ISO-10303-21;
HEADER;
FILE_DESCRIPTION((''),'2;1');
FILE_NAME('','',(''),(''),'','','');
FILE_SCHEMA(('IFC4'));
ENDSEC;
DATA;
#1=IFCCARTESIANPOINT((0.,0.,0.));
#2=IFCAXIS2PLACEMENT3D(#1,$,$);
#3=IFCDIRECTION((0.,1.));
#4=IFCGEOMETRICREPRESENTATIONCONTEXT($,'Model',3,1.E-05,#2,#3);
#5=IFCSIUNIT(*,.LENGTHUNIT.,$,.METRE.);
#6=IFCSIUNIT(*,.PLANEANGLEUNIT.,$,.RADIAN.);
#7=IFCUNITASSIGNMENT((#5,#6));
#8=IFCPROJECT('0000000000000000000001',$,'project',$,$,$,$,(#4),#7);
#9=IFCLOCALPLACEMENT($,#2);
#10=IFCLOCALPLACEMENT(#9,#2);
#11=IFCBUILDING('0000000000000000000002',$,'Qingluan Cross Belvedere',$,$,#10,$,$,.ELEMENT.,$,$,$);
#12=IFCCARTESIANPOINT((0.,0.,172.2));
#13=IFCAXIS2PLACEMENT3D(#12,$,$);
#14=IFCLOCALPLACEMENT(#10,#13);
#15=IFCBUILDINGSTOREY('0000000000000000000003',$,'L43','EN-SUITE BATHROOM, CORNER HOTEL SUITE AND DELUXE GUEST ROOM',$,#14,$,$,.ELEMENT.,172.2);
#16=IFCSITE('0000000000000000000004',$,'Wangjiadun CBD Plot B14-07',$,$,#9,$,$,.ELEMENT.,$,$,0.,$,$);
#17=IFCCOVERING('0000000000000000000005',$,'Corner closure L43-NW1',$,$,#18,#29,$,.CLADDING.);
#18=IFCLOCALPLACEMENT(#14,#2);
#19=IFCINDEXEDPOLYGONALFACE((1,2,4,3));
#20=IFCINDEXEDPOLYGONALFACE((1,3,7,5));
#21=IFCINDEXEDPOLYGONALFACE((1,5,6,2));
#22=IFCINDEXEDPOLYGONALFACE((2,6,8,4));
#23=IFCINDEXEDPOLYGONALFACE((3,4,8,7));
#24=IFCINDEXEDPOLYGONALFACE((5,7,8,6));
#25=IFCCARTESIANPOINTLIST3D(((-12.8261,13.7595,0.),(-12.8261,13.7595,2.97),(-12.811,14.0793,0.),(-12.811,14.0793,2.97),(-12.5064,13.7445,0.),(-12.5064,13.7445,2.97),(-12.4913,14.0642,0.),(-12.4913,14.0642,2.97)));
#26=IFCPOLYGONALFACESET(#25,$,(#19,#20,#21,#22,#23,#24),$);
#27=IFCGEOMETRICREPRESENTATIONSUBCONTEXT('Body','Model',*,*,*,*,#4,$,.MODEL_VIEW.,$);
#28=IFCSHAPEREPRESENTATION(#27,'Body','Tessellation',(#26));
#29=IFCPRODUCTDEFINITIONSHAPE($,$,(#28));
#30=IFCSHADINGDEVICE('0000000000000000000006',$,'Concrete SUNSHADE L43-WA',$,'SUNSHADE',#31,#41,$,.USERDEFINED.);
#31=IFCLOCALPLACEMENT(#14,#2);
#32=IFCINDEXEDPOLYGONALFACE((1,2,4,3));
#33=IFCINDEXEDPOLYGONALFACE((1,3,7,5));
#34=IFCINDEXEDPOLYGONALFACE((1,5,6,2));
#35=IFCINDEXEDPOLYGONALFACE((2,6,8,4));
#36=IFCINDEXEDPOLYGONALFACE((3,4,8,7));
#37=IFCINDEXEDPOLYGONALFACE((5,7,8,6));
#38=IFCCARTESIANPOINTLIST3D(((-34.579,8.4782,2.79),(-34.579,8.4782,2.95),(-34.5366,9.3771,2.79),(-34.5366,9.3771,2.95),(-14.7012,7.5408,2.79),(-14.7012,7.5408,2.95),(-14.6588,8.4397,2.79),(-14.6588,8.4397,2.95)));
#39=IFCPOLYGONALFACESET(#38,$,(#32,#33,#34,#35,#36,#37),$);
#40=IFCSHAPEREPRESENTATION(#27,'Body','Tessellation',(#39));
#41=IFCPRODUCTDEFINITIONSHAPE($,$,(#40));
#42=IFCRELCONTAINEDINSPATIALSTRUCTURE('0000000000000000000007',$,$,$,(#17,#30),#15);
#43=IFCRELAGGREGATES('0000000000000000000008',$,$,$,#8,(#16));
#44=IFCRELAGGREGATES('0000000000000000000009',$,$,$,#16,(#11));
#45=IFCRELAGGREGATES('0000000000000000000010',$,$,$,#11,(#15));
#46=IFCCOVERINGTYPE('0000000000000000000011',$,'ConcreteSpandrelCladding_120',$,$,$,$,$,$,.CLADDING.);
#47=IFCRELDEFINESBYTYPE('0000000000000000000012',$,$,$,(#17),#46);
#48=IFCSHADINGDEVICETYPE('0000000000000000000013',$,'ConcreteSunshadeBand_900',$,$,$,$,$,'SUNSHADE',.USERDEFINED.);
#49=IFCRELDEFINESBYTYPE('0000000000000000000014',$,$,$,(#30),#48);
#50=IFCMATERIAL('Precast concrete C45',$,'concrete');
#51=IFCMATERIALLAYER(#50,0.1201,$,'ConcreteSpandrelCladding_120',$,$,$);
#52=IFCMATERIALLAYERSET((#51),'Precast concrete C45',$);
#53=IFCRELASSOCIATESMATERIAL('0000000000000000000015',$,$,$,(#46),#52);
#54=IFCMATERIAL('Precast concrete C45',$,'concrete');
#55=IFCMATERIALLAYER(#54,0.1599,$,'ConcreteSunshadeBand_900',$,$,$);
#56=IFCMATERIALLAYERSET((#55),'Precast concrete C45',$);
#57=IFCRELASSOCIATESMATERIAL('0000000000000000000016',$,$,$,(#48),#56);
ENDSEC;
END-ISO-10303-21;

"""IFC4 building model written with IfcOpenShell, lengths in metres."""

from ifc_helpers import new_model, si_unit, direction, frame, origin, origin_2d, place, context, subcontext, project, spatial, rectangle, extrude, material, layer, layer_set, type_object, element, save


model = new_model("IFC4")

# Units and contexts
model_context = context("Model", 3, precision=1e-05, world=origin(), true_north=direction((0.0, 1.0)))
body_context = subcontext(model_context, "Body", "Model", "MODEL_VIEW")
ifc_project = project(units=[si_unit("LENGTHUNIT", "METRE"), si_unit("PLANEANGLEUNIT", "RADIAN")], contexts=[model_context])

# Site, building, storey
site_placement = place(None, origin())
site = spatial("IfcSite", under=ifc_project, at=site_placement, Name="Wangjiadun CBD Plot B14-07", CompositionType="ELEMENT", RefElevation=0.0)
building_placement = place(site_placement, origin())
building = spatial("IfcBuilding", under=site, at=building_placement, Name="Qingluan Cross Belvedere", CompositionType="ELEMENT")
storey_placement = place(building_placement, frame((0.0, 0.0, 172.2)))
storey = spatial("IfcBuildingStorey", under=building, at=storey_placement, Name="L43", Description="EN-SUITE BATHROOM, CORNER HOTEL SUITE AND DELUXE GUEST ROOM", CompositionType="ELEMENT", Elevation=172.2)

# Covering
ifc_material_1 = material(Name="Precast concrete C45", Category="concrete")
ifc_layer_1 = layer(ifc_material_1, 0.1201, Name="ConcreteSpandrelCladding_120")
ifc_layer_set_1 = layer_set([ifc_layer_1], Name="Precast concrete C45")
covering_type = type_object("IfcCoveringType", Name="ConcreteSpandrelCladding_120", PredefinedType="CLADDING", material=ifc_layer_set_1)
covering_placement = place(storey_placement, frame((-12.6587, 13.9119, 0.0), z_axis=(0.0, 0.0, 1.0), x_axis=(0.99889, -0.047106, 0.0)))
element("IfcCovering", 1, at=covering_placement, inside=storey, type_object=covering_type, Name="Corner closure L43-NW1", PredefinedType="CLADDING", context=body_context, shape_type="SweptSolid", body=[
    extrude(rectangle(XDim=0.3201, YDim=0.3201, at=origin_2d()), origin(), (0.0, 0.0, 1.0), 2.97),
])

# Shading device
ifc_material_2 = material(Name="Precast concrete C45", Category="concrete")
ifc_layer_2 = layer(ifc_material_2, 0.1599, Name="ConcreteSunshadeBand_900")
ifc_layer_set_2 = layer_set([ifc_layer_2], Name="Precast concrete C45")
shading_device_type = type_object("IfcShadingDeviceType", Name="ConcreteSunshadeBand_900", ElementType="SUNSHADE", PredefinedType="USERDEFINED", material=ifc_layer_set_2)
shading_device_placement = place(storey_placement, frame((-24.6189, 8.459, 2.79), z_axis=(0.0, 0.0, 1.0), x_axis=(-0.99889, 0.047105, 0.0)))
element("IfcShadingDevice", 2, at=shading_device_placement, inside=storey, type_object=shading_device_type, Name="Concrete SUNSHADE L43-WA", ObjectType="SUNSHADE", PredefinedType="USERDEFINED", context=body_context, shape_type="SweptSolid", body=[
    extrude(rectangle(XDim=19.8999, YDim=0.8999, at=origin_2d()), origin(), (0.0, 0.0, 1.0), 0.1599),
])

save(model, "model.ifc")
